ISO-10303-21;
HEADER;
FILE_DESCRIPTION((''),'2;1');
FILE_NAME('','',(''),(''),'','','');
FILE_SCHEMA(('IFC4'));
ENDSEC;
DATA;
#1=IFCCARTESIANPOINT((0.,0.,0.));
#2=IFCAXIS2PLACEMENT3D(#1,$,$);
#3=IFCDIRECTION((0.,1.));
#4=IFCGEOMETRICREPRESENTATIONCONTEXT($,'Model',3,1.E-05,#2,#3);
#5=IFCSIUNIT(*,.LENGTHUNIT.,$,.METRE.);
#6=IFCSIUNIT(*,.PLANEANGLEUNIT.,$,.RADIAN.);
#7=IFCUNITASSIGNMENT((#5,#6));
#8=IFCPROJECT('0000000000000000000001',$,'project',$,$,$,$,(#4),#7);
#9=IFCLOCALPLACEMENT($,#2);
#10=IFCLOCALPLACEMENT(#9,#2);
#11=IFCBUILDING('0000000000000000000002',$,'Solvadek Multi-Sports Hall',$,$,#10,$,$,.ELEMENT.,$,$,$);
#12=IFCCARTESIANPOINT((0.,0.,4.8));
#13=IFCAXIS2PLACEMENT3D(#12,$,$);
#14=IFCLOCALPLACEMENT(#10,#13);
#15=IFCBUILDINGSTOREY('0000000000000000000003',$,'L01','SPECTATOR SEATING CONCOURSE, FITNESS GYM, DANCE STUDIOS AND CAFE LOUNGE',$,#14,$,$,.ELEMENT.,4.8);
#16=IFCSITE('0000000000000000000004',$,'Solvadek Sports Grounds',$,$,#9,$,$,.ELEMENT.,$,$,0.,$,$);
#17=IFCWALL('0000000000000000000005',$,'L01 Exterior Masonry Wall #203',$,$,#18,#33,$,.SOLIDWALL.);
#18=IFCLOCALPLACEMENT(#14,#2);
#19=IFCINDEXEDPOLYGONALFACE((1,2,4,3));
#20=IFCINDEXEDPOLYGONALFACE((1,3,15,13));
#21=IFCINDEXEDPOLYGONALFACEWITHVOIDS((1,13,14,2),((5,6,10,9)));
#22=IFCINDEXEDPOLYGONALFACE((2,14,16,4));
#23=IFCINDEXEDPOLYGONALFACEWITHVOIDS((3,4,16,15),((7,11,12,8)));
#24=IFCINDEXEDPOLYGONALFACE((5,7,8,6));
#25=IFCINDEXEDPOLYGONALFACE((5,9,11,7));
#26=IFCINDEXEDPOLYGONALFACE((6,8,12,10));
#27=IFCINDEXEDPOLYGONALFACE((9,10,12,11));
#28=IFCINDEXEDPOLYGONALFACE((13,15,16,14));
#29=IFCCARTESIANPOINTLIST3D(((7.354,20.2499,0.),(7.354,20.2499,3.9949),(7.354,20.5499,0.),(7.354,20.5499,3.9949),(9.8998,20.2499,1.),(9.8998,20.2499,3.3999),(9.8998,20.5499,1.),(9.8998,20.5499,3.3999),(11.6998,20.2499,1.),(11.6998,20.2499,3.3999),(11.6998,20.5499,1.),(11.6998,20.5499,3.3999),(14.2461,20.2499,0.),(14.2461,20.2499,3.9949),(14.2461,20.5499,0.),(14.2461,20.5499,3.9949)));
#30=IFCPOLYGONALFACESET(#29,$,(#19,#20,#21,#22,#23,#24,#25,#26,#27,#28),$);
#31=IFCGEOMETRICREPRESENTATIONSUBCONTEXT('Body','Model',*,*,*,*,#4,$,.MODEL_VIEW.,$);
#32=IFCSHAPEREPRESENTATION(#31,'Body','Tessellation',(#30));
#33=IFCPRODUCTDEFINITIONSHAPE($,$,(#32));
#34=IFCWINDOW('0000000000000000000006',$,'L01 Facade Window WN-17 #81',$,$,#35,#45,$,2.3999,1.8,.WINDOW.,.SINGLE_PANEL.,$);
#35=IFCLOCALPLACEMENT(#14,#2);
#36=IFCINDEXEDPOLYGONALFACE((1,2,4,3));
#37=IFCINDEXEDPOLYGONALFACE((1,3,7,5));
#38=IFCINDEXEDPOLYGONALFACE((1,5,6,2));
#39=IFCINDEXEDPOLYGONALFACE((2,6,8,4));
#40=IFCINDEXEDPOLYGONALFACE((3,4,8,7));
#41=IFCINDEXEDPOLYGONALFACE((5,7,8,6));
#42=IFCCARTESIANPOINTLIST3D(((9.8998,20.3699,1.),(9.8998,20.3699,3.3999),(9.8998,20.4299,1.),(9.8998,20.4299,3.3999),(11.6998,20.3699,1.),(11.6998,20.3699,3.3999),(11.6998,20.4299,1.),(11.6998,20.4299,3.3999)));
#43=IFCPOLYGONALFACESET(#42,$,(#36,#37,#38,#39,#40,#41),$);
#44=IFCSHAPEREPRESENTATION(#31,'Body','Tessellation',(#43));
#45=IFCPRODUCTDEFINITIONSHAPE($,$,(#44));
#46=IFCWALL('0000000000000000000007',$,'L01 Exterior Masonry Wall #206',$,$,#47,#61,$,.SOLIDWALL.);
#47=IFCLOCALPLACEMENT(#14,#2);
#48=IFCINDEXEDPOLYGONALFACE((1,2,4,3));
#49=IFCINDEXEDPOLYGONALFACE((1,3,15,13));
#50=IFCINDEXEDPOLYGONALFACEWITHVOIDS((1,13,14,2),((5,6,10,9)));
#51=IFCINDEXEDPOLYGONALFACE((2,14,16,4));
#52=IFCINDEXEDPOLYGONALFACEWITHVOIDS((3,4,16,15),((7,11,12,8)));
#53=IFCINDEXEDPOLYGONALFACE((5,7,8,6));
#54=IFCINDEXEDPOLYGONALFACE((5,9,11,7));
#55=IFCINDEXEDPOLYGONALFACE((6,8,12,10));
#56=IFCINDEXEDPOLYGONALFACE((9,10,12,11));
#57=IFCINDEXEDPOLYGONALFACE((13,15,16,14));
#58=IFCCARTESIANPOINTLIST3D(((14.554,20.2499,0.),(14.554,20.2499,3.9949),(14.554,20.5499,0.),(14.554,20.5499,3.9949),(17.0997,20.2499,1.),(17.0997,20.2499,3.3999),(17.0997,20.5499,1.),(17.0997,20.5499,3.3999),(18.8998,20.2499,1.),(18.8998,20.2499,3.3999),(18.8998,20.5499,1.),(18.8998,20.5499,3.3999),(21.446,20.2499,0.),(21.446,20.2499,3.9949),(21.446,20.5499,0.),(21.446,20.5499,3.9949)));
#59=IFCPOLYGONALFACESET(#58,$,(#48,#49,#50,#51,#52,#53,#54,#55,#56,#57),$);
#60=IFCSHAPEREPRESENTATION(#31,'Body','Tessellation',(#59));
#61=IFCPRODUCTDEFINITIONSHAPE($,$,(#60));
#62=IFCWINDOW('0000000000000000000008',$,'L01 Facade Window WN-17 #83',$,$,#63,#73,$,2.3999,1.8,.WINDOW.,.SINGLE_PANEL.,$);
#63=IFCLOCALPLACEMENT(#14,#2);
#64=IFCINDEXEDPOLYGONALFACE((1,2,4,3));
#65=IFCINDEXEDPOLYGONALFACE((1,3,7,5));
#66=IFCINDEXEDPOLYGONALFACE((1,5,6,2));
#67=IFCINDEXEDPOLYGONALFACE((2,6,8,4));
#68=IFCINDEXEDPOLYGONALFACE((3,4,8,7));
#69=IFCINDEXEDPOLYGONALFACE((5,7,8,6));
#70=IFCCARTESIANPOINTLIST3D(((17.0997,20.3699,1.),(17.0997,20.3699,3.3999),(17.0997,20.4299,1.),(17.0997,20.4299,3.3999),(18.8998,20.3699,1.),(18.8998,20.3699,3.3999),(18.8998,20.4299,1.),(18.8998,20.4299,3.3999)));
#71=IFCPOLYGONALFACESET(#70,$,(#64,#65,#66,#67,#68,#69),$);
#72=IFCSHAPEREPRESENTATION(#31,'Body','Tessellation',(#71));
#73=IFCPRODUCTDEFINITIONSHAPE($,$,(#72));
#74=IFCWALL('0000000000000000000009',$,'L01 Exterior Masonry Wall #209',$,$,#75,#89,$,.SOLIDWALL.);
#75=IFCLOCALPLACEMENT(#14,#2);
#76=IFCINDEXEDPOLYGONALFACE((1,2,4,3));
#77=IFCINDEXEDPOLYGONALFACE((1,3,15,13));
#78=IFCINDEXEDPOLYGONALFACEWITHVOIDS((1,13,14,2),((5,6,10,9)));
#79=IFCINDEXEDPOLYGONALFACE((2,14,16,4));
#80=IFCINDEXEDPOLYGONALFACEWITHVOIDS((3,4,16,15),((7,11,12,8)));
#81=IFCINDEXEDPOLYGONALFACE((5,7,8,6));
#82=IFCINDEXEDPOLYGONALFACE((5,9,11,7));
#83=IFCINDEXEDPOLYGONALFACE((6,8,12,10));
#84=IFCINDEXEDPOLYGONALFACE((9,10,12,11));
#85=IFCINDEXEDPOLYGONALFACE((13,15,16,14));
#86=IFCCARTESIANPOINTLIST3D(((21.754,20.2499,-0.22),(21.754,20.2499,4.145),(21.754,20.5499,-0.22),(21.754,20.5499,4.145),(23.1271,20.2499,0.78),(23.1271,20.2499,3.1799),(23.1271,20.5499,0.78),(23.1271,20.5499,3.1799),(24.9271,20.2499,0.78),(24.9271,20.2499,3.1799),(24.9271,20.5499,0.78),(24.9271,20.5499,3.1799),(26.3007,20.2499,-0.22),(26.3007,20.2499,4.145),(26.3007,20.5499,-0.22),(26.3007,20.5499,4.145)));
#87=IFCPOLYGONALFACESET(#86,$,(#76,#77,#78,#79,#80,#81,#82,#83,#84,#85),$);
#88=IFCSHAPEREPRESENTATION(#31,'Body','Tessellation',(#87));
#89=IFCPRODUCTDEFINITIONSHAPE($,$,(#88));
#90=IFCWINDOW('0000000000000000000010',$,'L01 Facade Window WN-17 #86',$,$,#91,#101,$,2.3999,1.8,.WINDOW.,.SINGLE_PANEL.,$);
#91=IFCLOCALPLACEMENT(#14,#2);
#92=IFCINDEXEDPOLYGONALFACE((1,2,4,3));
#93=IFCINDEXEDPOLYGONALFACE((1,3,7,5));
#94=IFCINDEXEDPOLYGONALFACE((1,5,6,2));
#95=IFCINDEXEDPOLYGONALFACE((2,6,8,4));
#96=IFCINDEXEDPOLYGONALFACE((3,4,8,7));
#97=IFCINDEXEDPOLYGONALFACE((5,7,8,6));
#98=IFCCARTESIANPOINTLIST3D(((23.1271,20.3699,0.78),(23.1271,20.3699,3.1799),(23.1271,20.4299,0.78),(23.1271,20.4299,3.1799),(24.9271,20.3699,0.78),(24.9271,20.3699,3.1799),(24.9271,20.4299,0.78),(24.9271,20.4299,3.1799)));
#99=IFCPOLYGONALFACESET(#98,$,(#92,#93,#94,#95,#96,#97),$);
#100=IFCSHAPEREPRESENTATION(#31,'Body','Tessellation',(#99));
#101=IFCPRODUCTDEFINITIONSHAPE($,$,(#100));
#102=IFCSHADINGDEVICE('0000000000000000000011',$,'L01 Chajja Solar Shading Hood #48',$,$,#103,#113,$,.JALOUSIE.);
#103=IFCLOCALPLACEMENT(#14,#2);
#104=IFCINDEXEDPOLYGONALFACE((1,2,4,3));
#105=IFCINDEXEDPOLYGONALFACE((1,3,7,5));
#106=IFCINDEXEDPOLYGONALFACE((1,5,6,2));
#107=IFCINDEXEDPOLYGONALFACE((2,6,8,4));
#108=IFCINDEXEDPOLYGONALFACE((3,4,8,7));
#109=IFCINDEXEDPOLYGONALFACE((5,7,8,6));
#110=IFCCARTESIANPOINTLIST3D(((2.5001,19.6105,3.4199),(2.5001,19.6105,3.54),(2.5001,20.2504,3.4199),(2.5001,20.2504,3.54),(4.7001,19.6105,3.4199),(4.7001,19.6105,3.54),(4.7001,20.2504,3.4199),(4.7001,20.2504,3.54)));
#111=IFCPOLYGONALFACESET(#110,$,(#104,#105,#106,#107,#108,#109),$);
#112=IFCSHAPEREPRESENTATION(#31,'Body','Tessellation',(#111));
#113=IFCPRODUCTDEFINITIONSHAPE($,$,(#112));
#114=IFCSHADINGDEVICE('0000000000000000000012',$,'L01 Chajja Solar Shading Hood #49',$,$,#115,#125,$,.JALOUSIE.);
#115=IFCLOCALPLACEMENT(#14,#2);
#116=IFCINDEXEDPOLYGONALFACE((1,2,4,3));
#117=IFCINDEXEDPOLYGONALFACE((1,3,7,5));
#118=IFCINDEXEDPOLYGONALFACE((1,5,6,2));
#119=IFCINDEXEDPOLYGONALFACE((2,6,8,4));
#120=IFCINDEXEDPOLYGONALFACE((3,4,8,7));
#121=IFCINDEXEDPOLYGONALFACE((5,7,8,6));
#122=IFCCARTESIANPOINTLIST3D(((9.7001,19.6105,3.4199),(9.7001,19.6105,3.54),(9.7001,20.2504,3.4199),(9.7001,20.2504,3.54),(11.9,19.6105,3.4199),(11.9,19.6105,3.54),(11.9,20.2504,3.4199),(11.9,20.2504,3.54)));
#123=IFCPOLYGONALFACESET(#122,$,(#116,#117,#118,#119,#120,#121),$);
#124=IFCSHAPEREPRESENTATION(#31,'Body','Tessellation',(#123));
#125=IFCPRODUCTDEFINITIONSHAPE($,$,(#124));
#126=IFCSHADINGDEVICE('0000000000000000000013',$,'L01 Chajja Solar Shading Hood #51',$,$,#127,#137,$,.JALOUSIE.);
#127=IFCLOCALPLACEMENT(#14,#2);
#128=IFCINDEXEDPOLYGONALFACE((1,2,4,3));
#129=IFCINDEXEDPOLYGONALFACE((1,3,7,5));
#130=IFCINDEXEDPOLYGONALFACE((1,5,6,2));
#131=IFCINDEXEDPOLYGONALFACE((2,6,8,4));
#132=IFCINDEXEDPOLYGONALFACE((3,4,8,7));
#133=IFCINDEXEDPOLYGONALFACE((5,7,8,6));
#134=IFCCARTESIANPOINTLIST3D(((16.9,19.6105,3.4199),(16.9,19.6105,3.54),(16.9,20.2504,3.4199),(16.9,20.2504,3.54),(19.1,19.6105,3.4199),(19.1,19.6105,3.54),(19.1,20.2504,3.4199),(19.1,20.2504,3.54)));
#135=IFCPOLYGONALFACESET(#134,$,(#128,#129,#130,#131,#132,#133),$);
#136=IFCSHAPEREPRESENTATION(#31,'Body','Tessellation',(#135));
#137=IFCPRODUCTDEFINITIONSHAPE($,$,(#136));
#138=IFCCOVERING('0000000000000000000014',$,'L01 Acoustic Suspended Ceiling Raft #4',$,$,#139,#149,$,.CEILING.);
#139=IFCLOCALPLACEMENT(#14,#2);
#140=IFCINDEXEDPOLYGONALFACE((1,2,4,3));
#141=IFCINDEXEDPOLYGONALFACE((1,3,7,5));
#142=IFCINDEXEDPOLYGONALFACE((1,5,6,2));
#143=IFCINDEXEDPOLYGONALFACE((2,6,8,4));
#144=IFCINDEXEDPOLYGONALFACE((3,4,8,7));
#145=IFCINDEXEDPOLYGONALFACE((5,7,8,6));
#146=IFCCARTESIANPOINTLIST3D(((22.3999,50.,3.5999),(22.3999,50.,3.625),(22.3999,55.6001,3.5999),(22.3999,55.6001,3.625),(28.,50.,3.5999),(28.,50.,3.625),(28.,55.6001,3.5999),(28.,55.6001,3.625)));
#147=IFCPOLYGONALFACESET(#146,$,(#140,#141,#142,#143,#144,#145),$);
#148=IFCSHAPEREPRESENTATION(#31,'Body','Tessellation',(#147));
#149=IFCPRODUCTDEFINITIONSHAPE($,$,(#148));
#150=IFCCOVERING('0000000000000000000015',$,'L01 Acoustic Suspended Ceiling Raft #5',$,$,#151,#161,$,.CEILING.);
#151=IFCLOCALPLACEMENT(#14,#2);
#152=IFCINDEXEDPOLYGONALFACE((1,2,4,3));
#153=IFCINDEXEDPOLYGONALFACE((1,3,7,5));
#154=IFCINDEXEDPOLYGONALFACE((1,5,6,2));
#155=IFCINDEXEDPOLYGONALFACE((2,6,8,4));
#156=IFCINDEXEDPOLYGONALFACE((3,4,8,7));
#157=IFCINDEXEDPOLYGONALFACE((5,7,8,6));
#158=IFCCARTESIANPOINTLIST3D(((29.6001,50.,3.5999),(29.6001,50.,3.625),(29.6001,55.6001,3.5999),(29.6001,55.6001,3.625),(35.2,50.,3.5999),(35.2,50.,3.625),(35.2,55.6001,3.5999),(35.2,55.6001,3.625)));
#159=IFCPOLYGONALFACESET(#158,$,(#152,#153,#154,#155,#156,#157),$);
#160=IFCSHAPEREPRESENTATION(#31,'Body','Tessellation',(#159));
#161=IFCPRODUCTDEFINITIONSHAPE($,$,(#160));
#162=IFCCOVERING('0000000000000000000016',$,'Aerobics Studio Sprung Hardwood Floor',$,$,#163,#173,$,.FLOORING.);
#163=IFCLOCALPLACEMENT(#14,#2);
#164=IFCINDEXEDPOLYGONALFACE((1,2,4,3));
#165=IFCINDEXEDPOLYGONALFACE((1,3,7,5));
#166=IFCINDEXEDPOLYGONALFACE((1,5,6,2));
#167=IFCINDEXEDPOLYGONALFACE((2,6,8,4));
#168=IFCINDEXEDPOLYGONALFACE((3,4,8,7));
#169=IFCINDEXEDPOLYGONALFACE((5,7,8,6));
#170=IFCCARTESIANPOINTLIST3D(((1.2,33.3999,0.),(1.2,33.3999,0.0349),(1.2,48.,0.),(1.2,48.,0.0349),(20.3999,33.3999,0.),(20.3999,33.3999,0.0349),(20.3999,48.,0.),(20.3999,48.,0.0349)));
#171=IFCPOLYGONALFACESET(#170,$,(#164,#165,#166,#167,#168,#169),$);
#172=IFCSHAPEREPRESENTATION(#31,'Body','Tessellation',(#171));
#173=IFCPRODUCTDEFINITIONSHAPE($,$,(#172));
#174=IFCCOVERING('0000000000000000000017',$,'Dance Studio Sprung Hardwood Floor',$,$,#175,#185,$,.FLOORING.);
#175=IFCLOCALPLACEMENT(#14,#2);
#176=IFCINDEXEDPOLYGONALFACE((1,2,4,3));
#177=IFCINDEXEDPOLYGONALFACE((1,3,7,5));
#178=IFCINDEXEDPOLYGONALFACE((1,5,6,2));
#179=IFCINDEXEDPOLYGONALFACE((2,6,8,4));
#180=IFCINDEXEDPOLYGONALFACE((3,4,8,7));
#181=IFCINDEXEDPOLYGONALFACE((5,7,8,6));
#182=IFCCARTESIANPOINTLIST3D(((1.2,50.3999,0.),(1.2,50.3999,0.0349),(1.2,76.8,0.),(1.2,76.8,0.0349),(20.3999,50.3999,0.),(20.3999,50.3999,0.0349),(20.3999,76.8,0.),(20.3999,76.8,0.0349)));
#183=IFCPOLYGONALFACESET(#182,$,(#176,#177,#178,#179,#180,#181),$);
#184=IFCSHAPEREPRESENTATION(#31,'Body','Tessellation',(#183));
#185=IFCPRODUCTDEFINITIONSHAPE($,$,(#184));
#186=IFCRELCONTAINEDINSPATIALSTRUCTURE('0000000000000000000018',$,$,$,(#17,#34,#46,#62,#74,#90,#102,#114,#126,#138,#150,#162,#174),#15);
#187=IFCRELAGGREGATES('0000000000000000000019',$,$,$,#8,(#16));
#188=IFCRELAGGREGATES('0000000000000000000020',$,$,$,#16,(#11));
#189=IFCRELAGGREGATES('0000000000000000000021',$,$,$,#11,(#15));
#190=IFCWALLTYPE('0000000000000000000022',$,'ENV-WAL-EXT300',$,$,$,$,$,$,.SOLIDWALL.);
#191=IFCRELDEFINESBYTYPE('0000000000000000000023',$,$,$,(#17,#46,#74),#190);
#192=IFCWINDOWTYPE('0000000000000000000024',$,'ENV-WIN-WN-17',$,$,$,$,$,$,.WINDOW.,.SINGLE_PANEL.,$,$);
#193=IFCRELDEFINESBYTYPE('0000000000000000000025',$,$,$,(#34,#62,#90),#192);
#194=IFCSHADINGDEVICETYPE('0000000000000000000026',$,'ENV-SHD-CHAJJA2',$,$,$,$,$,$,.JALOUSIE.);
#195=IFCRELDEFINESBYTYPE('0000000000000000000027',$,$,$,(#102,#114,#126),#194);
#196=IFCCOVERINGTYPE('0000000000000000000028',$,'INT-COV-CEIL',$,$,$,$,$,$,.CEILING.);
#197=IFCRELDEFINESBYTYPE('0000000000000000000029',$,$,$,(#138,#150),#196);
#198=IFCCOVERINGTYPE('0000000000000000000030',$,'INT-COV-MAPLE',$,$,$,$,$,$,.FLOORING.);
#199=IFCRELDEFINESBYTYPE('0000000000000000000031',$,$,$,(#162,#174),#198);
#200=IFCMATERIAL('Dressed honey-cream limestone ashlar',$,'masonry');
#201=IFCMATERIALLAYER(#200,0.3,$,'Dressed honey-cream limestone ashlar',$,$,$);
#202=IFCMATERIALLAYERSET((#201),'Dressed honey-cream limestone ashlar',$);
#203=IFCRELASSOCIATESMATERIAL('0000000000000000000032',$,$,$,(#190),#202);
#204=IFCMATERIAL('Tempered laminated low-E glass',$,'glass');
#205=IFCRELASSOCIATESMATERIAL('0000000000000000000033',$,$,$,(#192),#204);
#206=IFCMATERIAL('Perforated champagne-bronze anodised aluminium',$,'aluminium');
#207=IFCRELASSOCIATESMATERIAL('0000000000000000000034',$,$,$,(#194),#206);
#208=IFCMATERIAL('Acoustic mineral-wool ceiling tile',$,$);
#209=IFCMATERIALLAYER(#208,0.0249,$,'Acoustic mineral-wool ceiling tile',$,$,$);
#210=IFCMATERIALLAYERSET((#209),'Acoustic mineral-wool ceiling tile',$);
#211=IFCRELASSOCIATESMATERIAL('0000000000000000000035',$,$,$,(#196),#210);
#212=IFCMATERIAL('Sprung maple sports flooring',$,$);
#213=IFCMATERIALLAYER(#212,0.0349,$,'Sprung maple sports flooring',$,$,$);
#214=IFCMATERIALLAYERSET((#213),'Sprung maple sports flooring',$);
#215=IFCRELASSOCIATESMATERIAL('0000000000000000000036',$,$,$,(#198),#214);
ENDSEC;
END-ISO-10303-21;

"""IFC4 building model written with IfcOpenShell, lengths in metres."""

from ifc_helpers import new_model, si_unit, direction, frame, frame_2d, origin, origin_2d, place, context, subcontext, project, spatial, polyline, rectangle, outline, extrude, material, layer, layer_set, type_object, element, fill, save


model = new_model("IFC4")

# Units and contexts
model_context = context("Model", 3, precision=1e-05, world=origin(), true_north=direction((0.0, 1.0)))
body_context = subcontext(model_context, "Body", "Model", "MODEL_VIEW")
ifc_project = project(units=[si_unit("LENGTHUNIT", "METRE"), si_unit("PLANEANGLEUNIT", "RADIAN")], contexts=[model_context])

# Site, building, storey
site_placement = place(None, origin())
site = spatial("IfcSite", under=ifc_project, at=site_placement, Name="Solvadek Sports Grounds", CompositionType="ELEMENT", RefElevation=0.0)
building_placement = place(site_placement, origin())
building = spatial("IfcBuilding", under=site, at=building_placement, Name="Solvadek Multi-Sports Hall", CompositionType="ELEMENT")
storey_placement = place(building_placement, frame((0.0, 0.0, 4.8)))
storey = spatial("IfcBuildingStorey", under=building, at=storey_placement, Name="L01", Description="SPECTATOR SEATING CONCOURSE, FITNESS GYM, DANCE STUDIOS AND CAFE LOUNGE", CompositionType="ELEMENT", Elevation=4.8)

# Walls, openings, windows
ifc_material_1 = material(Name="Dressed honey-cream limestone ashlar", Category="masonry")
ifc_layer_1 = layer(ifc_material_1, 0.3, Name="Dressed honey-cream limestone ashlar")
ifc_layer_set_1 = layer_set([ifc_layer_1], Name="Dressed honey-cream limestone ashlar")
wall_type = type_object("IfcWallType", Name="ENV-WAL-EXT300", PredefinedType="SOLIDWALL", material=ifc_layer_set_1)
ifc_material_2 = material(Name="Tempered laminated low-E glass", Category="glass")
window_type = type_object("IfcWindowType", Name="ENV-WIN-WN-17", PartitioningType="SINGLE_PANEL", PredefinedType="WINDOW", material=ifc_material_2)
wall_1_placement = place(storey_placement, frame((7.354, 20.3999, 0.0), z_axis=(0.0, 0.0, 1.0), x_axis=(1.0, 0.0, 0.0)))
wall_1 = element("IfcWall", 1, at=wall_1_placement, inside=storey, type_object=wall_type, Name="L01 Exterior Masonry Wall #203", PredefinedType="SOLIDWALL", context=body_context, shape_type="SweptSolid", body=[
    extrude(rectangle(XDim=6.8921, YDim=0.3, at=frame_2d((3.446, 0.0))), origin(), (0.0, 0.0, 1.0), 3.9949),
])
opening_1_placement = place(wall_1_placement, frame((2.5459, 0.0, 1.0)))
opening_1 = element("IfcOpeningElement", 2, at=opening_1_placement, cuts=wall_1, PredefinedType="OPENING", context=body_context, shape_type="SweptSolid", body=[
    extrude(rectangle(XDim=1.8, YDim=2.3999, at=frame_2d((0.8999, 1.2))), frame((0.0, 0.1599, 0.0), z_axis=(0.0, -1.0, 0.0), x_axis=(1.0, 0.0, 0.0)), (0.0, 0.0, 1.0), 0.3201),
])
window_1_placement = place(opening_1_placement, origin())
window_1 = element("IfcWindow", 3, at=window_1_placement, inside=storey, type_object=window_type, Name="L01 Facade Window WN-17 #81", OverallHeight=2.3999, OverallWidth=1.8, PartitioningType="SINGLE_PANEL", PredefinedType="WINDOW", context=body_context, shape_type="SweptSolid", body=[
    extrude(rectangle(XDim=1.8, YDim=2.3999, at=frame_2d((0.8999, 1.2))), frame((0.0, 0.03, 0.0), z_axis=(0.0, -1.0, 0.0), x_axis=(1.0, 0.0, 0.0)), (0.0, 0.0, 1.0), 0.0601),
])
fill(opening_1, window_1)
wall_2_placement = place(storey_placement, frame((14.554, 20.3999, 0.0), z_axis=(0.0, 0.0, 1.0), x_axis=(1.0, 0.0, 0.0)))
wall_2 = element("IfcWall", 4, at=wall_2_placement, inside=storey, type_object=wall_type, Name="L01 Exterior Masonry Wall #206", PredefinedType="SOLIDWALL", context=body_context, shape_type="SweptSolid", body=[
    extrude(rectangle(XDim=6.8921, YDim=0.3, at=frame_2d((3.446, 0.0))), origin(), (0.0, 0.0, 1.0), 3.9949),
])
opening_2_placement = place(wall_2_placement, frame((2.5459, 0.0, 1.0)))
opening_2 = element("IfcOpeningElement", 5, at=opening_2_placement, cuts=wall_2, PredefinedType="OPENING", context=body_context, shape_type="SweptSolid", body=[
    extrude(rectangle(XDim=1.8, YDim=2.3999, at=frame_2d((0.8999, 1.2))), frame((0.0, 0.1599, 0.0), z_axis=(0.0, -1.0, 0.0), x_axis=(1.0, 0.0, 0.0)), (0.0, 0.0, 1.0), 0.3201),
])
window_2_placement = place(opening_2_placement, origin())
window_2 = element("IfcWindow", 6, at=window_2_placement, inside=storey, type_object=window_type, Name="L01 Facade Window WN-17 #83", OverallHeight=2.3999, OverallWidth=1.8, PartitioningType="SINGLE_PANEL", PredefinedType="WINDOW", context=body_context, shape_type="SweptSolid", body=[
    extrude(rectangle(XDim=1.8, YDim=2.3999, at=frame_2d((0.8999, 1.2))), frame((0.0, 0.03, 0.0), z_axis=(0.0, -1.0, 0.0), x_axis=(1.0, 0.0, 0.0)), (0.0, 0.0, 1.0), 0.0601),
])
fill(opening_2, window_2)
wall_3_placement = place(storey_placement, frame((21.7539, 20.3999, -0.22), z_axis=(0.0, 0.0, 1.0), x_axis=(1.0, 0.0, 0.0)))
wall_3 = element("IfcWall", 7, at=wall_3_placement, inside=storey, type_object=wall_type, Name="L01 Exterior Masonry Wall #209", PredefinedType="SOLIDWALL", context=body_context, shape_type="SweptSolid", body=[
    extrude(rectangle(XDim=4.5466, YDim=0.3, at=frame_2d((2.2734, 0.0))), origin(), (0.0, 0.0, 1.0), 4.365),
])
opening_3_placement = place(wall_3_placement, frame((1.3733, 0.0, 1.0)))
opening_3 = element("IfcOpeningElement", 8, at=opening_3_placement, cuts=wall_3, PredefinedType="OPENING", context=body_context, shape_type="SweptSolid", body=[
    extrude(rectangle(XDim=1.8, YDim=2.3999, at=frame_2d((0.8999, 1.2))), frame((0.0, 0.1599, 0.0), z_axis=(0.0, -1.0, 0.0), x_axis=(1.0, 0.0, 0.0)), (0.0, 0.0, 1.0), 0.3201),
])
window_3_placement = place(opening_3_placement, origin())
window_3 = element("IfcWindow", 9, at=window_3_placement, inside=storey, type_object=window_type, Name="L01 Facade Window WN-17 #86", OverallHeight=2.3999, OverallWidth=1.8, PartitioningType="SINGLE_PANEL", PredefinedType="WINDOW", context=body_context, shape_type="SweptSolid", body=[
    extrude(rectangle(XDim=1.8, YDim=2.3999, at=frame_2d((0.8999, 1.2))), frame((0.0, 0.03, 0.0), z_axis=(0.0, -1.0, 0.0), x_axis=(1.0, 0.0, 0.0)), (0.0, 0.0, 1.0), 0.0601),
])
fill(opening_3, window_3)

# Shading devices
ifc_material_3 = material(Name="Perforated champagne-bronze anodised aluminium", Category="aluminium")
shading_device_type = type_object("IfcShadingDeviceType", Name="ENV-SHD-CHAJJA2", PredefinedType="JALOUSIE", material=ifc_material_3)
for number, where, z_axis, x_axis, name in (
    (10, (3.6001, 19.9304, 3.4199), (0.0, 0.0, 1.0), (1.0, 0.0, 0.0), "L01 Chajja Solar Shading Hood #48"),
    (11, (10.8, 19.9304, 3.4199), (0.0, 0.0, 1.0), (1.0, 0.0, 0.0), "L01 Chajja Solar Shading Hood #49"),
    (12, (18.0, 19.9304, 3.4199), (0.0, 0.0, 1.0), (1.0, 0.0, 0.0), "L01 Chajja Solar Shading Hood #51"),
):
    element("IfcShadingDevice", number, at=place(storey_placement, frame(where, z_axis=z_axis, x_axis=x_axis)), inside=storey, type_object=shading_device_type, Name=name, PredefinedType="JALOUSIE", context=body_context, shape_type="SweptSolid", body=[
        extrude(rectangle(XDim=2.2, YDim=0.6399, at=origin_2d()), origin(), (0.0, 0.0, 1.0), 0.1201),
    ])

# Coverings
ifc_material_4 = material(Name="Acoustic mineral-wool ceiling tile")
ifc_layer_2 = layer(ifc_material_4, 0.0249, Name="Acoustic mineral-wool ceiling tile")
ifc_layer_set_2 = layer_set([ifc_layer_2], Name="Acoustic mineral-wool ceiling tile")
covering_type_1 = type_object("IfcCoveringType", Name="INT-COV-CEIL", PredefinedType="CEILING", material=ifc_layer_set_2)
covering_1_placement = place(storey_placement, frame((0.0, 0.0, 3.5999)))
element("IfcCovering", 13, at=covering_1_placement, inside=storey, type_object=covering_type_1, Name="L01 Acoustic Suspended Ceiling Raft #4", PredefinedType="CEILING", context=body_context, shape_type="SweptSolid", body=[
    extrude(outline(polyline([(22.3999, 50.0), (28.0, 50.0), (28.0, 55.6001), (22.3999, 55.6001), (22.3999, 50.0)])), origin(), (0.0, 0.0, 1.0), 0.0251),
])
covering_2_placement = place(storey_placement, frame((0.0, 0.0, 3.5999)))
element("IfcCovering", 14, at=covering_2_placement, inside=storey, type_object=covering_type_1, Name="L01 Acoustic Suspended Ceiling Raft #5", PredefinedType="CEILING", context=body_context, shape_type="SweptSolid", body=[
    extrude(outline(polyline([(29.6001, 50.0), (35.2, 50.0), (35.2, 55.6001), (29.6001, 55.6001), (29.6001, 50.0)])), origin(), (0.0, 0.0, 1.0), 0.0251),
])
ifc_material_5 = material(Name="Sprung maple sports flooring")
ifc_layer_3 = layer(ifc_material_5, 0.0349, Name="Sprung maple sports flooring")
ifc_layer_set_3 = layer_set([ifc_layer_3], Name="Sprung maple sports flooring")
covering_type_2 = type_object("IfcCoveringType", Name="INT-COV-MAPLE", PredefinedType="FLOORING", material=ifc_layer_set_3)
covering_3_placement = place(storey_placement, origin())
element("IfcCovering", 15, at=covering_3_placement, inside=storey, type_object=covering_type_2, Name="Aerobics Studio Sprung Hardwood Floor", PredefinedType="FLOORING", context=body_context, shape_type="SweptSolid", body=[
    extrude(outline(polyline([(1.2, 33.3999), (20.3999, 33.3999), (20.3999, 48.0), (1.2, 48.0), (1.2, 33.3999)])), origin(), (0.0, 0.0, 1.0), 0.0349),
])
covering_4_placement = place(storey_placement, origin())
element("IfcCovering", 16, at=covering_4_placement, inside=storey, type_object=covering_type_2, Name="Dance Studio Sprung Hardwood Floor", PredefinedType="FLOORING", context=body_context, shape_type="SweptSolid", body=[
    extrude(outline(polyline([(1.2, 50.3999), (20.3999, 50.3999), (20.3999, 76.8), (1.2, 76.8), (1.2, 50.3999)])), origin(), (0.0, 0.0, 1.0), 0.0349),
])

save(model, "model.ifc")
